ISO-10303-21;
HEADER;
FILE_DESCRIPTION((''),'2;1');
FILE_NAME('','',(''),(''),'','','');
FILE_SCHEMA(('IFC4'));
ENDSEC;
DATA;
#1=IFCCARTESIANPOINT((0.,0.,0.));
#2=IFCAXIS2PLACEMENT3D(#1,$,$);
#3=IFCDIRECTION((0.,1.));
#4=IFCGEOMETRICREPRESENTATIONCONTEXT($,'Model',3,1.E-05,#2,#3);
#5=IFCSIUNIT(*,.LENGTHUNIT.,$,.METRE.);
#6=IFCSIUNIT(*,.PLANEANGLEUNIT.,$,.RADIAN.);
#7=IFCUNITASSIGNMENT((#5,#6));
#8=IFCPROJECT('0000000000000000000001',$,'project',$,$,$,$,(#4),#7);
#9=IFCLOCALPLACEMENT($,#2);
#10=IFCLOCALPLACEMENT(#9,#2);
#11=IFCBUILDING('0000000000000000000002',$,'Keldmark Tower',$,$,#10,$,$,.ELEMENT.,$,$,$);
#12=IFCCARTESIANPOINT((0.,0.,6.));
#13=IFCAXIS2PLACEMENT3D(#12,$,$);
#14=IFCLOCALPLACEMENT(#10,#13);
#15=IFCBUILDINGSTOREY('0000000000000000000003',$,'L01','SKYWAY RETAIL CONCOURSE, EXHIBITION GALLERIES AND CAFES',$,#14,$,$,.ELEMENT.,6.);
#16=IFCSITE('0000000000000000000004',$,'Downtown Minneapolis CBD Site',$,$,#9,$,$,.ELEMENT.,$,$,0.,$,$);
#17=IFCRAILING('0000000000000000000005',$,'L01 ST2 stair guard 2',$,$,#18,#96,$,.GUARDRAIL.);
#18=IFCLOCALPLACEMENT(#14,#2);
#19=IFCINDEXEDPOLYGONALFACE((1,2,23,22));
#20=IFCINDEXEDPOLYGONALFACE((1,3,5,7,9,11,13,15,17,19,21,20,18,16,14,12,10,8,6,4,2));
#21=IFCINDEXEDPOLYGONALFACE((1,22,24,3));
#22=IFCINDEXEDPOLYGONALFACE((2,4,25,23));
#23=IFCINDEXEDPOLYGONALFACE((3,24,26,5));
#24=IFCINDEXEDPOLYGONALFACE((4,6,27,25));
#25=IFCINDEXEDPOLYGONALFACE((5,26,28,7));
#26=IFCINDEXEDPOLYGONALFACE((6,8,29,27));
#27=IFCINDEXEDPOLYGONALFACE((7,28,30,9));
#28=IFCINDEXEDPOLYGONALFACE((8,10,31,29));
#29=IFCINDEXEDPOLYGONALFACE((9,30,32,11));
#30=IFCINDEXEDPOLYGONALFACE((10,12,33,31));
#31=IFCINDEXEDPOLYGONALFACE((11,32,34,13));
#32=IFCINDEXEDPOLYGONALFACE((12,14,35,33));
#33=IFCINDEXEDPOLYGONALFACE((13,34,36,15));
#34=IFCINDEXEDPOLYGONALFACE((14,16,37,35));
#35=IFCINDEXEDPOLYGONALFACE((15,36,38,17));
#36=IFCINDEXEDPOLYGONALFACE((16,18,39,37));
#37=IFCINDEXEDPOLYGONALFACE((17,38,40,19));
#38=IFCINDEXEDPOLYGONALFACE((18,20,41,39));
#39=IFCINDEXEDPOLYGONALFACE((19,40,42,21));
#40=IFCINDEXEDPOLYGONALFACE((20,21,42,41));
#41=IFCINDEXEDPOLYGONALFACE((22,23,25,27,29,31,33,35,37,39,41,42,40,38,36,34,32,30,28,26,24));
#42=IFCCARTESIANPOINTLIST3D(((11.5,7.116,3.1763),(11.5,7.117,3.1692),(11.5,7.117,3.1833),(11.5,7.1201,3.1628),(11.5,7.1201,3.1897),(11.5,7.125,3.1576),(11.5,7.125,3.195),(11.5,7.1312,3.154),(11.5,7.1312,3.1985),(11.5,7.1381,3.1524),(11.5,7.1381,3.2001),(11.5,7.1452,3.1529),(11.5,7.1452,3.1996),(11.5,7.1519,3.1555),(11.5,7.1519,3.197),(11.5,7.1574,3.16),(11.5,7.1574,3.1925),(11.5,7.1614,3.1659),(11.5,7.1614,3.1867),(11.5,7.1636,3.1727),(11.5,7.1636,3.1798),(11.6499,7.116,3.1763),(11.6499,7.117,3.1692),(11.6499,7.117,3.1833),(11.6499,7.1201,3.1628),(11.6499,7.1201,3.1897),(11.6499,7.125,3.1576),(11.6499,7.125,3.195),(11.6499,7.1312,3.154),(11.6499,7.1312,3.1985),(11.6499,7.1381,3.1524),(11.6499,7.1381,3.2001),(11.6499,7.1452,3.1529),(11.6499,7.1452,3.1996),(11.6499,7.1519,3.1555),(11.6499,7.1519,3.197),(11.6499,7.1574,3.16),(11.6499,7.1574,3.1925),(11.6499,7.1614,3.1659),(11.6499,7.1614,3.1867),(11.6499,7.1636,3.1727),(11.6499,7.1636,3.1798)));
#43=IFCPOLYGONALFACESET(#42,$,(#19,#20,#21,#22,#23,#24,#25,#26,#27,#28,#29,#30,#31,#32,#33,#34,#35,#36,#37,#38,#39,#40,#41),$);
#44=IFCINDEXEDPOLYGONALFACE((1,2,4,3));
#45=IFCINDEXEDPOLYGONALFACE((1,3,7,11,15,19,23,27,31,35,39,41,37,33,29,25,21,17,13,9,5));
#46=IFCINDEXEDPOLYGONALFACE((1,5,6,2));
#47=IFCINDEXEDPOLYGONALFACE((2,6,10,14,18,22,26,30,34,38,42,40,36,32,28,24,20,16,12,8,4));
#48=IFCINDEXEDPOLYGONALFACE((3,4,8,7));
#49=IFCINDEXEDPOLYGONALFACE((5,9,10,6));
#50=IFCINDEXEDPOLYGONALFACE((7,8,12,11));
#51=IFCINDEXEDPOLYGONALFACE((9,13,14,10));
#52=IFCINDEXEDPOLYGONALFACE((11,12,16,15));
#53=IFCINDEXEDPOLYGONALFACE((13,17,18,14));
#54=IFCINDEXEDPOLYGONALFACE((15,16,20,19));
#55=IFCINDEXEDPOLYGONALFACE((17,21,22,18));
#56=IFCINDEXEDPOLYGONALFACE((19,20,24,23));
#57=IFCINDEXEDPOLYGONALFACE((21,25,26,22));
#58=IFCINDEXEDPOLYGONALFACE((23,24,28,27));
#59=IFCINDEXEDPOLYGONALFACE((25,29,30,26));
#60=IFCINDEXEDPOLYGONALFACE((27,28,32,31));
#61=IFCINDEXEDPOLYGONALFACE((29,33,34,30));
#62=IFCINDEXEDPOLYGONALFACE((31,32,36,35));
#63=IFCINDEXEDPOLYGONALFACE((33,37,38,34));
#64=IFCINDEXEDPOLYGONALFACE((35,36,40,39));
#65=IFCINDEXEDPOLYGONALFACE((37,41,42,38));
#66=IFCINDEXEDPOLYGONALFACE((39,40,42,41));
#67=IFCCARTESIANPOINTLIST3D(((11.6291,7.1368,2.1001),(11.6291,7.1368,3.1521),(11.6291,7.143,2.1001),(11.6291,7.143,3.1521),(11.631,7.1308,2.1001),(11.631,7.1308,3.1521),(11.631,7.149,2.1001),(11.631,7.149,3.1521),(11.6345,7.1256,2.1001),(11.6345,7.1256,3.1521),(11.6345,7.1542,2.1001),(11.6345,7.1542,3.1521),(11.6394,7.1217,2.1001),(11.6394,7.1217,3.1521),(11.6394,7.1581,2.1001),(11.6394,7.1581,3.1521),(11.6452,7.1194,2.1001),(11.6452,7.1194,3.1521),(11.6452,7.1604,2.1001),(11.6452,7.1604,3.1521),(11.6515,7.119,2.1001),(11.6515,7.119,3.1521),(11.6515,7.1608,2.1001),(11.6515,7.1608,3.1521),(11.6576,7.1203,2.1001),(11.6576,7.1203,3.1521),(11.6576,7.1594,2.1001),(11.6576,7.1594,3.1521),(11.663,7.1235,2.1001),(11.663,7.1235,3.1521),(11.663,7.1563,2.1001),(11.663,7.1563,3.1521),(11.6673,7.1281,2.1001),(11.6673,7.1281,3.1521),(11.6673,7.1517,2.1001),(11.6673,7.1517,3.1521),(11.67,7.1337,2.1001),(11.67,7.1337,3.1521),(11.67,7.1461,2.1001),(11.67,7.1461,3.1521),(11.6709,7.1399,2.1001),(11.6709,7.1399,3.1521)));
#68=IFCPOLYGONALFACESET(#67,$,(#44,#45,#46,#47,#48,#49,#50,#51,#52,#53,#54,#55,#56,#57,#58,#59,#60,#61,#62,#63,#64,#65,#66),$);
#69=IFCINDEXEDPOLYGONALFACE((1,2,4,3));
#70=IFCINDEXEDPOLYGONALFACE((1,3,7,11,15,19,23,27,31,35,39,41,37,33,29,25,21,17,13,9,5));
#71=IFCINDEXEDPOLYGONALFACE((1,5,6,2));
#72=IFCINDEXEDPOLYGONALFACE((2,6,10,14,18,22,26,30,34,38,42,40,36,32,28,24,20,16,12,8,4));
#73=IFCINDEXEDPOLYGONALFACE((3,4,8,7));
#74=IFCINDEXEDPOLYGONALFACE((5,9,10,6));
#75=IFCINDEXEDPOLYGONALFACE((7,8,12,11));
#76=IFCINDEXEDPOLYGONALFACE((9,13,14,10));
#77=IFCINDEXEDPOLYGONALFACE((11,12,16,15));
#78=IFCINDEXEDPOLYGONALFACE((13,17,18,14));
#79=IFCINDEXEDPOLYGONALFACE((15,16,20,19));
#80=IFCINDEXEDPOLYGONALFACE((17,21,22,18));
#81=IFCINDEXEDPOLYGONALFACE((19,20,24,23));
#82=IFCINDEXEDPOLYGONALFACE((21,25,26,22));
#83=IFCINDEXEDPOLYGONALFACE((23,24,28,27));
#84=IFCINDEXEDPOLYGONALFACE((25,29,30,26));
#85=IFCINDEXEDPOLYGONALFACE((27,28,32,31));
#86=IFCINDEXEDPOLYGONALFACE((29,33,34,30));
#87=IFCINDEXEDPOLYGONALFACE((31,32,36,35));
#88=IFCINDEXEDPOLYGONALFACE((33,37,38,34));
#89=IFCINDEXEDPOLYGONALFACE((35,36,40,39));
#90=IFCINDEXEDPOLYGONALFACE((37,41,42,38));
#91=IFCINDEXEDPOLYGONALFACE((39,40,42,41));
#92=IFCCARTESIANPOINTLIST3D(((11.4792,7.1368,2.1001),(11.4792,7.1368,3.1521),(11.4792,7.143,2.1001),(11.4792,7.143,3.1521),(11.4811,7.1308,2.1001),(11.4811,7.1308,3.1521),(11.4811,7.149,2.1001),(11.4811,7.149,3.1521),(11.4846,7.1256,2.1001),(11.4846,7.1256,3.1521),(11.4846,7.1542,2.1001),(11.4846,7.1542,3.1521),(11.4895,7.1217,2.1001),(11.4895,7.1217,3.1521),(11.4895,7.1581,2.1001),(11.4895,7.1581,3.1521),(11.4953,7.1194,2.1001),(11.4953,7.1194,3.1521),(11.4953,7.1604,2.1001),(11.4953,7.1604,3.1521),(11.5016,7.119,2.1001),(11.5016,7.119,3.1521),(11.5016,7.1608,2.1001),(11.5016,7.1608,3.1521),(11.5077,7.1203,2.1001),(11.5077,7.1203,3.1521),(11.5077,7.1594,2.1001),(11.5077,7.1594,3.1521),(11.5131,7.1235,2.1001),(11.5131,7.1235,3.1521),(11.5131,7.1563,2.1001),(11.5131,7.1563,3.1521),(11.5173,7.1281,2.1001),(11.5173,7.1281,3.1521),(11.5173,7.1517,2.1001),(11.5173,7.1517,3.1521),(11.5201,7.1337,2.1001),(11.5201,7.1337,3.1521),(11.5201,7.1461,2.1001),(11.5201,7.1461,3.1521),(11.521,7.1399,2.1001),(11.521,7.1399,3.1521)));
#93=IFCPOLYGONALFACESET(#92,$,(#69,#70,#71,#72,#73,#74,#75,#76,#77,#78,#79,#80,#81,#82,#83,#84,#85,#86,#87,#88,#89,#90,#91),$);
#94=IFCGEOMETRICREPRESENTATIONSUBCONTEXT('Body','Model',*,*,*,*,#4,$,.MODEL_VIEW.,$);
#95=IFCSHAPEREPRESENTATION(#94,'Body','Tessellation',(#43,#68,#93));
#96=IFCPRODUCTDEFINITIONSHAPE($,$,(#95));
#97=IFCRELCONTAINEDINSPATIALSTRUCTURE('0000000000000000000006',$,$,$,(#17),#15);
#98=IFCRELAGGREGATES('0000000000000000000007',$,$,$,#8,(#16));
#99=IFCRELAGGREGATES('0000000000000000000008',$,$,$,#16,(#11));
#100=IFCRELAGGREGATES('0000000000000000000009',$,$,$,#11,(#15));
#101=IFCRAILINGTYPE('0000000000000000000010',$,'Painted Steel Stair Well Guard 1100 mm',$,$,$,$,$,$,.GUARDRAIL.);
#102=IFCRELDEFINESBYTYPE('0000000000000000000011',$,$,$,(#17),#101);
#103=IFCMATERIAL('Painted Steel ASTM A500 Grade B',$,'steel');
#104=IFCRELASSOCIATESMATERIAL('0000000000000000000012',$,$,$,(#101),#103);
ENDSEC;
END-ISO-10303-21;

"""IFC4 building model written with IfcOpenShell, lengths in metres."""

from ifc_helpers import new_model, si_unit, direction, frame, origin, origin_2d, place, context, subcontext, project, spatial, circle, extrude, material, type_object, element, save


model = new_model("IFC4")

# Units and contexts
model_context = context("Model", 3, precision=1e-05, world=origin(), true_north=direction((0.0, 1.0)))
body_context = subcontext(model_context, "Body", "Model", "MODEL_VIEW")
ifc_project = project(units=[si_unit("LENGTHUNIT", "METRE"), si_unit("PLANEANGLEUNIT", "RADIAN")], contexts=[model_context])

# Site, building, storey
site_placement = place(None, origin())
site = spatial("IfcSite", under=ifc_project, at=site_placement, Name="Downtown Minneapolis CBD Site", CompositionType="ELEMENT", RefElevation=0.0)
building_placement = place(site_placement, origin())
building = spatial("IfcBuilding", under=site, at=building_placement, Name="Keldmark Tower", CompositionType="ELEMENT")
storey_placement = place(building_placement, frame((0.0, 0.0, 6.0)))
storey = spatial("IfcBuildingStorey", under=building, at=storey_placement, Name="L01", Description="SKYWAY RETAIL CONCOURSE, EXHIBITION GALLERIES AND CAFES", CompositionType="ELEMENT", Elevation=6.0)

# Railing
ifc_material_1 = material(Name="Painted Steel ASTM A500 Grade B", Category="steel")
railing_type_1 = type_object("IfcRailingType", Name="Painted Steel Stair Well Guard 1100 mm", PredefinedType="GUARDRAIL", material=ifc_material_1)
railing_1_placement = place(storey_placement, frame((11.6499, 7.1399, 2.1001)))
element("IfcRailing", 1, at=railing_1_placement, inside=storey, type_object=railing_type_1, Name="L01 ST2 stair guard 2", PredefinedType="GUARDRAIL", context=body_context, shape_type="SweptSolid", body=[
    extrude(circle(Radius=0.0239, at=origin_2d()), frame((0.0, 0.0, 1.0762), z_axis=(-1.0, 0.0, 0.0), x_axis=(0.0, -1.0, 0.0)), (0.0, 0.0, 1.0), 0.1499),
    extrude(circle(Radius=0.021, at=origin_2d()), origin(), (0.0, 0.0, 1.0), 1.052),
    extrude(circle(Radius=0.021, at=origin_2d()), frame((-0.1499, 0.0, 0.0)), (0.0, 0.0, 1.0), 1.052),
])

save(model, "model.ifc")
